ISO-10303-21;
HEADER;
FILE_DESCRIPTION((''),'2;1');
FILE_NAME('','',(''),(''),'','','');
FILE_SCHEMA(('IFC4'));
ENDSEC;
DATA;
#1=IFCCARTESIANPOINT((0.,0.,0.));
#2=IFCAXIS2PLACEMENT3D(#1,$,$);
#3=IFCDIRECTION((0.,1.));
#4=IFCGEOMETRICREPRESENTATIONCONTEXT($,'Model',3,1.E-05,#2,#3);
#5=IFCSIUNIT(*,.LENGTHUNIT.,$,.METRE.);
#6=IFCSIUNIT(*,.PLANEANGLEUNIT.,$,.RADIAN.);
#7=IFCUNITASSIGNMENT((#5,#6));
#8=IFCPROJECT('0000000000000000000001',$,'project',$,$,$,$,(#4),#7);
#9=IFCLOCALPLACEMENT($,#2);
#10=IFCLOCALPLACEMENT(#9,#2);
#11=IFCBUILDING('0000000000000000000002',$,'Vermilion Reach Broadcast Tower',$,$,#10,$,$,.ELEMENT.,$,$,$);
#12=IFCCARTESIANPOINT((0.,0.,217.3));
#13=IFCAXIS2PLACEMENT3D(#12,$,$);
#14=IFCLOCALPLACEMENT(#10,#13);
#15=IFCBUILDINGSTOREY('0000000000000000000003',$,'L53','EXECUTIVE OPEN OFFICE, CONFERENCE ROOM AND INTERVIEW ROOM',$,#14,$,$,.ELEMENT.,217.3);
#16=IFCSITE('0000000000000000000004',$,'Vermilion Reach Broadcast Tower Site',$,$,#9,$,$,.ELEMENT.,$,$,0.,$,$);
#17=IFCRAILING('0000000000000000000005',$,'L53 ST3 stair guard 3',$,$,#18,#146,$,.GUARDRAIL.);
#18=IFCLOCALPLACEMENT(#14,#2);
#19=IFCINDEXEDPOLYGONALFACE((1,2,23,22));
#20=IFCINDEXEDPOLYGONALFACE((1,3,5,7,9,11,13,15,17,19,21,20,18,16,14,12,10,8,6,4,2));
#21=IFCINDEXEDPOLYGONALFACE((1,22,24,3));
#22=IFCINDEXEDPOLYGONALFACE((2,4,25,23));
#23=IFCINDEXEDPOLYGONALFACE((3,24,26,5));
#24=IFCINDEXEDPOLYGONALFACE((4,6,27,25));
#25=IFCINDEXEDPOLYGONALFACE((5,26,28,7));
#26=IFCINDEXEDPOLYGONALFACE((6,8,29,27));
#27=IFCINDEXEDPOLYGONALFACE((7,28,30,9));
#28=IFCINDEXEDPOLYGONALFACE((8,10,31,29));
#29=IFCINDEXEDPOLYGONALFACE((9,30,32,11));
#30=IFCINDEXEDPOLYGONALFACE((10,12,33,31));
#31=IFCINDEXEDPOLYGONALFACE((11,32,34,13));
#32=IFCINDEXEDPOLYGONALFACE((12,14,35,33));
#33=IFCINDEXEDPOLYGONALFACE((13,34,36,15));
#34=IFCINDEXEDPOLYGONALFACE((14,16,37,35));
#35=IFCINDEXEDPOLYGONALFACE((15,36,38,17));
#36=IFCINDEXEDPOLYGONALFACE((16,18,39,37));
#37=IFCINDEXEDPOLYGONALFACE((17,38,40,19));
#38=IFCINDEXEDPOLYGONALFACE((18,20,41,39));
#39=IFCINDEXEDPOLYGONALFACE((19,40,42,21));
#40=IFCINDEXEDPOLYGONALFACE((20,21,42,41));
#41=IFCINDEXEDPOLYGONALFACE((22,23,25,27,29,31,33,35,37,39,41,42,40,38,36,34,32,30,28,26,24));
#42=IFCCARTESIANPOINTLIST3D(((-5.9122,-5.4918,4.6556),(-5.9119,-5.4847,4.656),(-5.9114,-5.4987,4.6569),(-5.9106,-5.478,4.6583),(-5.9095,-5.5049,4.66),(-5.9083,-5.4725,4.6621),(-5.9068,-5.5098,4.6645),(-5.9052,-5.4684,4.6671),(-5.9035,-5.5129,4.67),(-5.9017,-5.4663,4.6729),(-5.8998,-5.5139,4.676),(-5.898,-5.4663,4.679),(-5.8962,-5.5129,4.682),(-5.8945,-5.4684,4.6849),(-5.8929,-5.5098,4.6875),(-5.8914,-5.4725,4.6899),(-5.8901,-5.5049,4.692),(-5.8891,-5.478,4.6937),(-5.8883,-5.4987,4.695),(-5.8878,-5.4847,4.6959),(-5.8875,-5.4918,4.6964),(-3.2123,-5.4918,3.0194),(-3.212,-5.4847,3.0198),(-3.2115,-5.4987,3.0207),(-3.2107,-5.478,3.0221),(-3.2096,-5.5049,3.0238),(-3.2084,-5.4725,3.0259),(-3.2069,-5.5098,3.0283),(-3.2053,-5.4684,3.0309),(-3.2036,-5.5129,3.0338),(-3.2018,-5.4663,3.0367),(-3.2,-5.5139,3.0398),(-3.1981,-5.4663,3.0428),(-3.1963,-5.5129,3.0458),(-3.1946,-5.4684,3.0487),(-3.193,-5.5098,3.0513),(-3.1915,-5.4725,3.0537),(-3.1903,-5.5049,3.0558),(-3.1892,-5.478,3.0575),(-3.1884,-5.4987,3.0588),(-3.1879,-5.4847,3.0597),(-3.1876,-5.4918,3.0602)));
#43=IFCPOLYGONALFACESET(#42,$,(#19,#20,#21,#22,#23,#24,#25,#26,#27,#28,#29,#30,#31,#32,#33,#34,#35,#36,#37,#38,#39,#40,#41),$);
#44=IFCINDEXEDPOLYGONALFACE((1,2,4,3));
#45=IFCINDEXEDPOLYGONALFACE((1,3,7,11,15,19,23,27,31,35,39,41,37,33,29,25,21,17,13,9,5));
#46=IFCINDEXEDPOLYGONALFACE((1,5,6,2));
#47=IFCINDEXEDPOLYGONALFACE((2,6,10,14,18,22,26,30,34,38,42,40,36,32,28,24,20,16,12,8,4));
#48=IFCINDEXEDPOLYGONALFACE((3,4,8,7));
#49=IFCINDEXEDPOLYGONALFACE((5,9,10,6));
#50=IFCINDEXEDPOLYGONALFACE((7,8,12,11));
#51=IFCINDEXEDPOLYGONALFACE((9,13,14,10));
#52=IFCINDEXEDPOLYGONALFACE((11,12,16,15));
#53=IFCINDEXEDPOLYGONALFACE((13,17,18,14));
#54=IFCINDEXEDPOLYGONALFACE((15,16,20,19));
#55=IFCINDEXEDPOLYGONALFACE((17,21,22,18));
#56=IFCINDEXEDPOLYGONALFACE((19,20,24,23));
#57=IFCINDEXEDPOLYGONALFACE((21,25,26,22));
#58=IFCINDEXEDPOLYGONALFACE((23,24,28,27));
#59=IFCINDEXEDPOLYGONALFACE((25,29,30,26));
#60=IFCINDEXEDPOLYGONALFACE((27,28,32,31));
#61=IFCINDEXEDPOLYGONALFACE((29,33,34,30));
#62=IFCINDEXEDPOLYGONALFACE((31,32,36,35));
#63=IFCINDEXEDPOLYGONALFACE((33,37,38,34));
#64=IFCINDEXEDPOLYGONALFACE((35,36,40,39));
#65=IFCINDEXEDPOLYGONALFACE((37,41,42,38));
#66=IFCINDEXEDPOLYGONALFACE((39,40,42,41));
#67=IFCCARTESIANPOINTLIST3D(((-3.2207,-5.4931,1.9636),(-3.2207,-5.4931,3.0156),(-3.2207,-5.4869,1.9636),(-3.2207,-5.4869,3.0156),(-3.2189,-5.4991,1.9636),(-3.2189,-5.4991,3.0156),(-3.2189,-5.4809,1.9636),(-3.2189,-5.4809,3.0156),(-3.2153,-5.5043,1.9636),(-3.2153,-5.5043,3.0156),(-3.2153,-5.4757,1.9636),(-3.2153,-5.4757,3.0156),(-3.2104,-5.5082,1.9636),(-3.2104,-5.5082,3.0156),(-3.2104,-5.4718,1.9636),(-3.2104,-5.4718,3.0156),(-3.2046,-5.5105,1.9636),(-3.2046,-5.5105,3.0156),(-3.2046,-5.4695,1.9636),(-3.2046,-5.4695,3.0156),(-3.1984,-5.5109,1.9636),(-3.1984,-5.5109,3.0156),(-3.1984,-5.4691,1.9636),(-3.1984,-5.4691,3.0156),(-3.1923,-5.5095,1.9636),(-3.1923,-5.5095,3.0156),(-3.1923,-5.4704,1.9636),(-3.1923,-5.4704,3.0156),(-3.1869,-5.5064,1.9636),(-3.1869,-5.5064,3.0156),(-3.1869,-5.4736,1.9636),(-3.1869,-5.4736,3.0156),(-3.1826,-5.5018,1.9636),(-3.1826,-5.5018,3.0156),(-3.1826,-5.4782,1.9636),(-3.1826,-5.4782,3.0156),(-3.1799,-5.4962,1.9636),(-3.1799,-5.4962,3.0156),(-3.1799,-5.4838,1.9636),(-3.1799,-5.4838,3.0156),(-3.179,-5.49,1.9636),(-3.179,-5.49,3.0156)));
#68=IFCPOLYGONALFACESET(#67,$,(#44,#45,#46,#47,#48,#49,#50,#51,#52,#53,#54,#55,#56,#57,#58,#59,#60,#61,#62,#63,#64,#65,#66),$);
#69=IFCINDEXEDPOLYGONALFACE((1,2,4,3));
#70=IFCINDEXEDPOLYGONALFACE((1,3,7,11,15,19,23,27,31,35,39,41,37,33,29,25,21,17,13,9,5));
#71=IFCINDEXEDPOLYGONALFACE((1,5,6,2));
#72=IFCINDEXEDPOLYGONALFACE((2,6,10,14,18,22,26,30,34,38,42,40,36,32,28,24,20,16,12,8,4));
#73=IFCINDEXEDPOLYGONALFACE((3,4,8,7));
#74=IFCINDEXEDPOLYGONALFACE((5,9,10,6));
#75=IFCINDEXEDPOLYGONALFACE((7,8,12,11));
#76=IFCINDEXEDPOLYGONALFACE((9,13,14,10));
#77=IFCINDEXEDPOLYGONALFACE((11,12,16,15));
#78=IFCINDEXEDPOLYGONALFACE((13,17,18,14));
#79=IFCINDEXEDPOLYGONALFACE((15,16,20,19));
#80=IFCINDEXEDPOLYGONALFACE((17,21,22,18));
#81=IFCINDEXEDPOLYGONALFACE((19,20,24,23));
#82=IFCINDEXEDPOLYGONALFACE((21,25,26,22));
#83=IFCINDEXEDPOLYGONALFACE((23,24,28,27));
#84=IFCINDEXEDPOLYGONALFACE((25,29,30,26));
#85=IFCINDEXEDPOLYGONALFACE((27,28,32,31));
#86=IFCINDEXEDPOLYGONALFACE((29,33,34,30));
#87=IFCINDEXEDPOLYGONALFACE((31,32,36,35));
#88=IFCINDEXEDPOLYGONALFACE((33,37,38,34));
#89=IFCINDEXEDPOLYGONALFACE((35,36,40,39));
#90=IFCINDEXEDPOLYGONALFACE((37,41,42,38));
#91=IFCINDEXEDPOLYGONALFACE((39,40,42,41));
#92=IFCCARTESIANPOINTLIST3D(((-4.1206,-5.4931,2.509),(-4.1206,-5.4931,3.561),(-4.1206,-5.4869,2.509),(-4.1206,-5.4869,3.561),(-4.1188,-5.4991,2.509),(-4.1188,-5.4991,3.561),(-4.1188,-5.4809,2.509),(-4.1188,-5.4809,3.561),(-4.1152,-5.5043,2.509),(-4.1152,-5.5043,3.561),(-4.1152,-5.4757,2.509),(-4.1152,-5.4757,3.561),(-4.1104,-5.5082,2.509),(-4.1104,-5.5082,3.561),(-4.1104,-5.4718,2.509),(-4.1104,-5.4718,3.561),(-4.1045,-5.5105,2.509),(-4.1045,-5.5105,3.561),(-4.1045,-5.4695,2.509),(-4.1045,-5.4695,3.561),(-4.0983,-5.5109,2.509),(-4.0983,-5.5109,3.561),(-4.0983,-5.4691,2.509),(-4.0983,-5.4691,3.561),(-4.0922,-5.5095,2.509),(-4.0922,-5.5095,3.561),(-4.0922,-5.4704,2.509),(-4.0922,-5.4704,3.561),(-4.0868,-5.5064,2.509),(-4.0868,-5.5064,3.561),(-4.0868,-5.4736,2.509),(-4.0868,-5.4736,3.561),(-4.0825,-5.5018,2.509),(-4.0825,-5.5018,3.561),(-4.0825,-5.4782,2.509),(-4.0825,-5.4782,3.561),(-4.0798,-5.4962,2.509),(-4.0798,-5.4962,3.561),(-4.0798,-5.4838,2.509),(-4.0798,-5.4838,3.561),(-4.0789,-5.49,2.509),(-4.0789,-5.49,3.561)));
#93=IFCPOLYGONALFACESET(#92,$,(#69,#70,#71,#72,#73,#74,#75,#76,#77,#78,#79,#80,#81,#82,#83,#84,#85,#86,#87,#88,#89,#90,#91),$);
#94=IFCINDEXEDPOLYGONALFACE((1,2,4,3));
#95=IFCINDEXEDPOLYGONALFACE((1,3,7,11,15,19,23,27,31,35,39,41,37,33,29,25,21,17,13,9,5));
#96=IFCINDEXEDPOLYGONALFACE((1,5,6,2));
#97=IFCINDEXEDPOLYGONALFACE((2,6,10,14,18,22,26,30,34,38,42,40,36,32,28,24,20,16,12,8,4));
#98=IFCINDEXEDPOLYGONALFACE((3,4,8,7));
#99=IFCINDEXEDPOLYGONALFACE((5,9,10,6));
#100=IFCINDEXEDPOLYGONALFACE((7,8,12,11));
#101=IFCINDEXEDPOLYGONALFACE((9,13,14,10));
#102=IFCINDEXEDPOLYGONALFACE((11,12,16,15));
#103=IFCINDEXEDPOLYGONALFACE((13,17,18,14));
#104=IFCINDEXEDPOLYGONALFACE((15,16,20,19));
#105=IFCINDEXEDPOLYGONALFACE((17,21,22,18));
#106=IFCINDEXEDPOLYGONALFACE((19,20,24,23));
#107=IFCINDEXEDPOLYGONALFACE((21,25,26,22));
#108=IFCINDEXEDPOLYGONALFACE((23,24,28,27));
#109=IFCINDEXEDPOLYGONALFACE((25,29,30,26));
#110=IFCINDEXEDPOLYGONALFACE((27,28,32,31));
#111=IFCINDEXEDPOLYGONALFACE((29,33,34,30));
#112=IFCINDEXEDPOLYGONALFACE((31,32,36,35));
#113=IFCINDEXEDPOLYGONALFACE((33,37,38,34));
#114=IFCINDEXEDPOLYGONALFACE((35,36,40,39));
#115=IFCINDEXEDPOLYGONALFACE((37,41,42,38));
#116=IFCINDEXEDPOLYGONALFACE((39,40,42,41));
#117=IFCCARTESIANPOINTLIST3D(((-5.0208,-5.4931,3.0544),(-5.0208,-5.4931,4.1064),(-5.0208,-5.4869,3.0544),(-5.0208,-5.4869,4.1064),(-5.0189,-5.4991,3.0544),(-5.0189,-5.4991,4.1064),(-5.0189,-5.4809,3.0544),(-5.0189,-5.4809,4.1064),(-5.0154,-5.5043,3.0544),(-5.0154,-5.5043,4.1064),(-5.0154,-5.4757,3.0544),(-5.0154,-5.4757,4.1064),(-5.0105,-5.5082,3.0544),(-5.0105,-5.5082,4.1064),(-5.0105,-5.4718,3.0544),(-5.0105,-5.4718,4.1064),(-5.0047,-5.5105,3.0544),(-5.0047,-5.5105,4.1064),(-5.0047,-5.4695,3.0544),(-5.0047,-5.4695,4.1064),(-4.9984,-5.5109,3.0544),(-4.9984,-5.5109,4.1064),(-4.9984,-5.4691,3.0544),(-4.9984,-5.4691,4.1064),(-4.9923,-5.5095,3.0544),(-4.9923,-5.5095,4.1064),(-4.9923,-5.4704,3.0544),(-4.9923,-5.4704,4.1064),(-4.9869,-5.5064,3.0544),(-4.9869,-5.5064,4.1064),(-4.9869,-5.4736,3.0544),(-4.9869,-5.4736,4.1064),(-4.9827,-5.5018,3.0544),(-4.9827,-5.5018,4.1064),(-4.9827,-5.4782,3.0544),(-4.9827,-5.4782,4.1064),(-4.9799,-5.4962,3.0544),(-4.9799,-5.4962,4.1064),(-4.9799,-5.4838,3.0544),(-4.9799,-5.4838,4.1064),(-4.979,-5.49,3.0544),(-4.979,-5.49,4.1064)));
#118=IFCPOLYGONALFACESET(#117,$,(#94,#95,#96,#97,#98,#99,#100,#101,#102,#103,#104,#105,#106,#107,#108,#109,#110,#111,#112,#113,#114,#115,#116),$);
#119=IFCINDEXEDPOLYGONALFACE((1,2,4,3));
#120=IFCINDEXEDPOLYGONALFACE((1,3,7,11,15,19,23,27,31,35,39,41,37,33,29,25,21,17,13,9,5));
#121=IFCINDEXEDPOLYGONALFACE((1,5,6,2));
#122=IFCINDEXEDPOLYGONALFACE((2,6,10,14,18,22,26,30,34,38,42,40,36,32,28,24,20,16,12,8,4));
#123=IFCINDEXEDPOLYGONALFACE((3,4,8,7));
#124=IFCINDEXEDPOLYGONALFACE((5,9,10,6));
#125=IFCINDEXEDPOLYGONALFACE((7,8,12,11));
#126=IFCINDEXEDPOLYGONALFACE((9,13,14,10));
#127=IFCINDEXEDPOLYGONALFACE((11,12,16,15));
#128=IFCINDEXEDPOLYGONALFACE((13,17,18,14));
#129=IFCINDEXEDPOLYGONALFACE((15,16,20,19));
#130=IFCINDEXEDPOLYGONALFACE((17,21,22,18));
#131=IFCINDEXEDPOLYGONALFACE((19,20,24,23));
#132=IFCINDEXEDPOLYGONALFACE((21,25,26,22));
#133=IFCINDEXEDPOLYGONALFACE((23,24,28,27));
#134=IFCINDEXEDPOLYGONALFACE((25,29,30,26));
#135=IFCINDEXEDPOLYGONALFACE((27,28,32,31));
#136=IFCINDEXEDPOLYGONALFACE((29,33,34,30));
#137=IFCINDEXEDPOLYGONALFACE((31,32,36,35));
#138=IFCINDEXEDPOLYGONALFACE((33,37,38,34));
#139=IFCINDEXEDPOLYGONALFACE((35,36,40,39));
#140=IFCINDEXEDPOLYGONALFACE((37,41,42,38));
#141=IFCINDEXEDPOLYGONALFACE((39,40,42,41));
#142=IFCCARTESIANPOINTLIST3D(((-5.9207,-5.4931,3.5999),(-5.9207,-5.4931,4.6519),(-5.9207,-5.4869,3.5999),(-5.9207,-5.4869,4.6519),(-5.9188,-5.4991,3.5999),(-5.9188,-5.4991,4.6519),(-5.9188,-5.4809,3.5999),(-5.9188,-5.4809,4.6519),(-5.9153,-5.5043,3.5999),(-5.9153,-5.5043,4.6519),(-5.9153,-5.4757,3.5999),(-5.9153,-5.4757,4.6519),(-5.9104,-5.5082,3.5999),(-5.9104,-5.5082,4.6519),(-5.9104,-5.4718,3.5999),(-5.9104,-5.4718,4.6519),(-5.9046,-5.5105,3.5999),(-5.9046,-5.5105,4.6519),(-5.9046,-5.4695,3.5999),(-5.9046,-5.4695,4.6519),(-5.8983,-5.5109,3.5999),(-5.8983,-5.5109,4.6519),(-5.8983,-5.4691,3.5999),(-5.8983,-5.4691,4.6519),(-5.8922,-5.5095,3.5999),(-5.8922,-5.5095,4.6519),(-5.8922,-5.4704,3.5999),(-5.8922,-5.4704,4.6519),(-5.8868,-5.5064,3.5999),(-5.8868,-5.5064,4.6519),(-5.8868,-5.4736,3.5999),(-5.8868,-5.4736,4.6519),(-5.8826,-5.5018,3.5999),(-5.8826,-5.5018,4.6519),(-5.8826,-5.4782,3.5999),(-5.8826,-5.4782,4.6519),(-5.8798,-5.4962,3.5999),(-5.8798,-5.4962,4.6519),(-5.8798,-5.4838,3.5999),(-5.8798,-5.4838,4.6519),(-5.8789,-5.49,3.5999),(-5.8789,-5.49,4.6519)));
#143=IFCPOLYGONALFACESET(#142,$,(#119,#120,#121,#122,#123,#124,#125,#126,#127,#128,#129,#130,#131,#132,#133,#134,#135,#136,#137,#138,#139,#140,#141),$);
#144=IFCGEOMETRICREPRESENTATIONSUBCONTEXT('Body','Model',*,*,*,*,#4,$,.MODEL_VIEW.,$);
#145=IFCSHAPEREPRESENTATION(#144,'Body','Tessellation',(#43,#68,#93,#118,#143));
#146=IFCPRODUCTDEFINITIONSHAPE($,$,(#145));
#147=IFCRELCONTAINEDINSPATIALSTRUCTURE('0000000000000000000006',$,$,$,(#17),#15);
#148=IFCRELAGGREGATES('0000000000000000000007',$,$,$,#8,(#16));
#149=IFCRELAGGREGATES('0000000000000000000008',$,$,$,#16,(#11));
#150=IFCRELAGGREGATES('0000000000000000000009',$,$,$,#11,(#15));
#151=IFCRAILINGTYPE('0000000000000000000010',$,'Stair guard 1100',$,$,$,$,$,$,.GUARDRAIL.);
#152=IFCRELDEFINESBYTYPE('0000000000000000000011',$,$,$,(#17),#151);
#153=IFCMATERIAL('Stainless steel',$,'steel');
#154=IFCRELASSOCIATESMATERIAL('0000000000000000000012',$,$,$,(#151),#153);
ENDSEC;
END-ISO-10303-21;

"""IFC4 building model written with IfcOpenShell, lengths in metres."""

from ifc_helpers import new_model, si_unit, direction, frame, origin, origin_2d, place, context, subcontext, project, spatial, circle, extrude, material, type_object, element, save


model = new_model("IFC4")

# Units and contexts
model_context = context("Model", 3, precision=1e-05, world=origin(), true_north=direction((0.0, 1.0)))
body_context = subcontext(model_context, "Body", "Model", "MODEL_VIEW")
ifc_project = project(units=[si_unit("LENGTHUNIT", "METRE"), si_unit("PLANEANGLEUNIT", "RADIAN")], contexts=[model_context])

# Site, building, storey
site_placement = place(None, origin())
site = spatial("IfcSite", under=ifc_project, at=site_placement, Name="Vermilion Reach Broadcast Tower Site", CompositionType="ELEMENT", RefElevation=0.0)
building_placement = place(site_placement, origin())
building = spatial("IfcBuilding", under=site, at=building_placement, Name="Vermilion Reach Broadcast Tower", CompositionType="ELEMENT")
storey_placement = place(building_placement, frame((0.0, 0.0, 217.3)))
storey = spatial("IfcBuildingStorey", under=building, at=storey_placement, Name="L53", Description="EXECUTIVE OPEN OFFICE, CONFERENCE ROOM AND INTERVIEW ROOM", CompositionType="ELEMENT", Elevation=217.3)

# Railing
ifc_material_1 = material(Name="Stainless steel", Category="steel")
railing_type_1 = type_object("IfcRailingType", Name="Stair guard 1100", PredefinedType="GUARDRAIL", material=ifc_material_1)
railing_1_placement = place(storey_placement, frame((-3.2, -5.49, 1.9636)))
element("IfcRailing", 1, at=railing_1_placement, inside=storey, type_object=railing_type_1, Name="L53 ST3 stair guard 3", PredefinedType="GUARDRAIL", context=body_context, shape_type="SweptSolid", body=[
    extrude(circle(Radius=0.0239, at=origin_2d()), frame((0.0, 0.0, 1.0762), z_axis=(-0.855212, 0.0, 0.518278), x_axis=(0.0, -1.0, 0.0)), (0.0, 0.0, 1.0), 3.157),
    extrude(circle(Radius=0.021, at=origin_2d()), origin(), (0.0, 0.0, 1.0), 1.052),
    extrude(circle(Radius=0.021, at=origin_2d()), frame((-0.8999, 0.0, 0.5454)), (0.0, 0.0, 1.0), 1.052),
    extrude(circle(Radius=0.021, at=origin_2d()), frame((-1.8, 0.0, 1.0908)), (0.0, 0.0, 1.0), 1.052),
    extrude(circle(Radius=0.021, at=origin_2d()), frame((-2.7, 0.0, 1.6362)), (0.0, 0.0, 1.0), 1.052),
])

save(model, "model.ifc")
